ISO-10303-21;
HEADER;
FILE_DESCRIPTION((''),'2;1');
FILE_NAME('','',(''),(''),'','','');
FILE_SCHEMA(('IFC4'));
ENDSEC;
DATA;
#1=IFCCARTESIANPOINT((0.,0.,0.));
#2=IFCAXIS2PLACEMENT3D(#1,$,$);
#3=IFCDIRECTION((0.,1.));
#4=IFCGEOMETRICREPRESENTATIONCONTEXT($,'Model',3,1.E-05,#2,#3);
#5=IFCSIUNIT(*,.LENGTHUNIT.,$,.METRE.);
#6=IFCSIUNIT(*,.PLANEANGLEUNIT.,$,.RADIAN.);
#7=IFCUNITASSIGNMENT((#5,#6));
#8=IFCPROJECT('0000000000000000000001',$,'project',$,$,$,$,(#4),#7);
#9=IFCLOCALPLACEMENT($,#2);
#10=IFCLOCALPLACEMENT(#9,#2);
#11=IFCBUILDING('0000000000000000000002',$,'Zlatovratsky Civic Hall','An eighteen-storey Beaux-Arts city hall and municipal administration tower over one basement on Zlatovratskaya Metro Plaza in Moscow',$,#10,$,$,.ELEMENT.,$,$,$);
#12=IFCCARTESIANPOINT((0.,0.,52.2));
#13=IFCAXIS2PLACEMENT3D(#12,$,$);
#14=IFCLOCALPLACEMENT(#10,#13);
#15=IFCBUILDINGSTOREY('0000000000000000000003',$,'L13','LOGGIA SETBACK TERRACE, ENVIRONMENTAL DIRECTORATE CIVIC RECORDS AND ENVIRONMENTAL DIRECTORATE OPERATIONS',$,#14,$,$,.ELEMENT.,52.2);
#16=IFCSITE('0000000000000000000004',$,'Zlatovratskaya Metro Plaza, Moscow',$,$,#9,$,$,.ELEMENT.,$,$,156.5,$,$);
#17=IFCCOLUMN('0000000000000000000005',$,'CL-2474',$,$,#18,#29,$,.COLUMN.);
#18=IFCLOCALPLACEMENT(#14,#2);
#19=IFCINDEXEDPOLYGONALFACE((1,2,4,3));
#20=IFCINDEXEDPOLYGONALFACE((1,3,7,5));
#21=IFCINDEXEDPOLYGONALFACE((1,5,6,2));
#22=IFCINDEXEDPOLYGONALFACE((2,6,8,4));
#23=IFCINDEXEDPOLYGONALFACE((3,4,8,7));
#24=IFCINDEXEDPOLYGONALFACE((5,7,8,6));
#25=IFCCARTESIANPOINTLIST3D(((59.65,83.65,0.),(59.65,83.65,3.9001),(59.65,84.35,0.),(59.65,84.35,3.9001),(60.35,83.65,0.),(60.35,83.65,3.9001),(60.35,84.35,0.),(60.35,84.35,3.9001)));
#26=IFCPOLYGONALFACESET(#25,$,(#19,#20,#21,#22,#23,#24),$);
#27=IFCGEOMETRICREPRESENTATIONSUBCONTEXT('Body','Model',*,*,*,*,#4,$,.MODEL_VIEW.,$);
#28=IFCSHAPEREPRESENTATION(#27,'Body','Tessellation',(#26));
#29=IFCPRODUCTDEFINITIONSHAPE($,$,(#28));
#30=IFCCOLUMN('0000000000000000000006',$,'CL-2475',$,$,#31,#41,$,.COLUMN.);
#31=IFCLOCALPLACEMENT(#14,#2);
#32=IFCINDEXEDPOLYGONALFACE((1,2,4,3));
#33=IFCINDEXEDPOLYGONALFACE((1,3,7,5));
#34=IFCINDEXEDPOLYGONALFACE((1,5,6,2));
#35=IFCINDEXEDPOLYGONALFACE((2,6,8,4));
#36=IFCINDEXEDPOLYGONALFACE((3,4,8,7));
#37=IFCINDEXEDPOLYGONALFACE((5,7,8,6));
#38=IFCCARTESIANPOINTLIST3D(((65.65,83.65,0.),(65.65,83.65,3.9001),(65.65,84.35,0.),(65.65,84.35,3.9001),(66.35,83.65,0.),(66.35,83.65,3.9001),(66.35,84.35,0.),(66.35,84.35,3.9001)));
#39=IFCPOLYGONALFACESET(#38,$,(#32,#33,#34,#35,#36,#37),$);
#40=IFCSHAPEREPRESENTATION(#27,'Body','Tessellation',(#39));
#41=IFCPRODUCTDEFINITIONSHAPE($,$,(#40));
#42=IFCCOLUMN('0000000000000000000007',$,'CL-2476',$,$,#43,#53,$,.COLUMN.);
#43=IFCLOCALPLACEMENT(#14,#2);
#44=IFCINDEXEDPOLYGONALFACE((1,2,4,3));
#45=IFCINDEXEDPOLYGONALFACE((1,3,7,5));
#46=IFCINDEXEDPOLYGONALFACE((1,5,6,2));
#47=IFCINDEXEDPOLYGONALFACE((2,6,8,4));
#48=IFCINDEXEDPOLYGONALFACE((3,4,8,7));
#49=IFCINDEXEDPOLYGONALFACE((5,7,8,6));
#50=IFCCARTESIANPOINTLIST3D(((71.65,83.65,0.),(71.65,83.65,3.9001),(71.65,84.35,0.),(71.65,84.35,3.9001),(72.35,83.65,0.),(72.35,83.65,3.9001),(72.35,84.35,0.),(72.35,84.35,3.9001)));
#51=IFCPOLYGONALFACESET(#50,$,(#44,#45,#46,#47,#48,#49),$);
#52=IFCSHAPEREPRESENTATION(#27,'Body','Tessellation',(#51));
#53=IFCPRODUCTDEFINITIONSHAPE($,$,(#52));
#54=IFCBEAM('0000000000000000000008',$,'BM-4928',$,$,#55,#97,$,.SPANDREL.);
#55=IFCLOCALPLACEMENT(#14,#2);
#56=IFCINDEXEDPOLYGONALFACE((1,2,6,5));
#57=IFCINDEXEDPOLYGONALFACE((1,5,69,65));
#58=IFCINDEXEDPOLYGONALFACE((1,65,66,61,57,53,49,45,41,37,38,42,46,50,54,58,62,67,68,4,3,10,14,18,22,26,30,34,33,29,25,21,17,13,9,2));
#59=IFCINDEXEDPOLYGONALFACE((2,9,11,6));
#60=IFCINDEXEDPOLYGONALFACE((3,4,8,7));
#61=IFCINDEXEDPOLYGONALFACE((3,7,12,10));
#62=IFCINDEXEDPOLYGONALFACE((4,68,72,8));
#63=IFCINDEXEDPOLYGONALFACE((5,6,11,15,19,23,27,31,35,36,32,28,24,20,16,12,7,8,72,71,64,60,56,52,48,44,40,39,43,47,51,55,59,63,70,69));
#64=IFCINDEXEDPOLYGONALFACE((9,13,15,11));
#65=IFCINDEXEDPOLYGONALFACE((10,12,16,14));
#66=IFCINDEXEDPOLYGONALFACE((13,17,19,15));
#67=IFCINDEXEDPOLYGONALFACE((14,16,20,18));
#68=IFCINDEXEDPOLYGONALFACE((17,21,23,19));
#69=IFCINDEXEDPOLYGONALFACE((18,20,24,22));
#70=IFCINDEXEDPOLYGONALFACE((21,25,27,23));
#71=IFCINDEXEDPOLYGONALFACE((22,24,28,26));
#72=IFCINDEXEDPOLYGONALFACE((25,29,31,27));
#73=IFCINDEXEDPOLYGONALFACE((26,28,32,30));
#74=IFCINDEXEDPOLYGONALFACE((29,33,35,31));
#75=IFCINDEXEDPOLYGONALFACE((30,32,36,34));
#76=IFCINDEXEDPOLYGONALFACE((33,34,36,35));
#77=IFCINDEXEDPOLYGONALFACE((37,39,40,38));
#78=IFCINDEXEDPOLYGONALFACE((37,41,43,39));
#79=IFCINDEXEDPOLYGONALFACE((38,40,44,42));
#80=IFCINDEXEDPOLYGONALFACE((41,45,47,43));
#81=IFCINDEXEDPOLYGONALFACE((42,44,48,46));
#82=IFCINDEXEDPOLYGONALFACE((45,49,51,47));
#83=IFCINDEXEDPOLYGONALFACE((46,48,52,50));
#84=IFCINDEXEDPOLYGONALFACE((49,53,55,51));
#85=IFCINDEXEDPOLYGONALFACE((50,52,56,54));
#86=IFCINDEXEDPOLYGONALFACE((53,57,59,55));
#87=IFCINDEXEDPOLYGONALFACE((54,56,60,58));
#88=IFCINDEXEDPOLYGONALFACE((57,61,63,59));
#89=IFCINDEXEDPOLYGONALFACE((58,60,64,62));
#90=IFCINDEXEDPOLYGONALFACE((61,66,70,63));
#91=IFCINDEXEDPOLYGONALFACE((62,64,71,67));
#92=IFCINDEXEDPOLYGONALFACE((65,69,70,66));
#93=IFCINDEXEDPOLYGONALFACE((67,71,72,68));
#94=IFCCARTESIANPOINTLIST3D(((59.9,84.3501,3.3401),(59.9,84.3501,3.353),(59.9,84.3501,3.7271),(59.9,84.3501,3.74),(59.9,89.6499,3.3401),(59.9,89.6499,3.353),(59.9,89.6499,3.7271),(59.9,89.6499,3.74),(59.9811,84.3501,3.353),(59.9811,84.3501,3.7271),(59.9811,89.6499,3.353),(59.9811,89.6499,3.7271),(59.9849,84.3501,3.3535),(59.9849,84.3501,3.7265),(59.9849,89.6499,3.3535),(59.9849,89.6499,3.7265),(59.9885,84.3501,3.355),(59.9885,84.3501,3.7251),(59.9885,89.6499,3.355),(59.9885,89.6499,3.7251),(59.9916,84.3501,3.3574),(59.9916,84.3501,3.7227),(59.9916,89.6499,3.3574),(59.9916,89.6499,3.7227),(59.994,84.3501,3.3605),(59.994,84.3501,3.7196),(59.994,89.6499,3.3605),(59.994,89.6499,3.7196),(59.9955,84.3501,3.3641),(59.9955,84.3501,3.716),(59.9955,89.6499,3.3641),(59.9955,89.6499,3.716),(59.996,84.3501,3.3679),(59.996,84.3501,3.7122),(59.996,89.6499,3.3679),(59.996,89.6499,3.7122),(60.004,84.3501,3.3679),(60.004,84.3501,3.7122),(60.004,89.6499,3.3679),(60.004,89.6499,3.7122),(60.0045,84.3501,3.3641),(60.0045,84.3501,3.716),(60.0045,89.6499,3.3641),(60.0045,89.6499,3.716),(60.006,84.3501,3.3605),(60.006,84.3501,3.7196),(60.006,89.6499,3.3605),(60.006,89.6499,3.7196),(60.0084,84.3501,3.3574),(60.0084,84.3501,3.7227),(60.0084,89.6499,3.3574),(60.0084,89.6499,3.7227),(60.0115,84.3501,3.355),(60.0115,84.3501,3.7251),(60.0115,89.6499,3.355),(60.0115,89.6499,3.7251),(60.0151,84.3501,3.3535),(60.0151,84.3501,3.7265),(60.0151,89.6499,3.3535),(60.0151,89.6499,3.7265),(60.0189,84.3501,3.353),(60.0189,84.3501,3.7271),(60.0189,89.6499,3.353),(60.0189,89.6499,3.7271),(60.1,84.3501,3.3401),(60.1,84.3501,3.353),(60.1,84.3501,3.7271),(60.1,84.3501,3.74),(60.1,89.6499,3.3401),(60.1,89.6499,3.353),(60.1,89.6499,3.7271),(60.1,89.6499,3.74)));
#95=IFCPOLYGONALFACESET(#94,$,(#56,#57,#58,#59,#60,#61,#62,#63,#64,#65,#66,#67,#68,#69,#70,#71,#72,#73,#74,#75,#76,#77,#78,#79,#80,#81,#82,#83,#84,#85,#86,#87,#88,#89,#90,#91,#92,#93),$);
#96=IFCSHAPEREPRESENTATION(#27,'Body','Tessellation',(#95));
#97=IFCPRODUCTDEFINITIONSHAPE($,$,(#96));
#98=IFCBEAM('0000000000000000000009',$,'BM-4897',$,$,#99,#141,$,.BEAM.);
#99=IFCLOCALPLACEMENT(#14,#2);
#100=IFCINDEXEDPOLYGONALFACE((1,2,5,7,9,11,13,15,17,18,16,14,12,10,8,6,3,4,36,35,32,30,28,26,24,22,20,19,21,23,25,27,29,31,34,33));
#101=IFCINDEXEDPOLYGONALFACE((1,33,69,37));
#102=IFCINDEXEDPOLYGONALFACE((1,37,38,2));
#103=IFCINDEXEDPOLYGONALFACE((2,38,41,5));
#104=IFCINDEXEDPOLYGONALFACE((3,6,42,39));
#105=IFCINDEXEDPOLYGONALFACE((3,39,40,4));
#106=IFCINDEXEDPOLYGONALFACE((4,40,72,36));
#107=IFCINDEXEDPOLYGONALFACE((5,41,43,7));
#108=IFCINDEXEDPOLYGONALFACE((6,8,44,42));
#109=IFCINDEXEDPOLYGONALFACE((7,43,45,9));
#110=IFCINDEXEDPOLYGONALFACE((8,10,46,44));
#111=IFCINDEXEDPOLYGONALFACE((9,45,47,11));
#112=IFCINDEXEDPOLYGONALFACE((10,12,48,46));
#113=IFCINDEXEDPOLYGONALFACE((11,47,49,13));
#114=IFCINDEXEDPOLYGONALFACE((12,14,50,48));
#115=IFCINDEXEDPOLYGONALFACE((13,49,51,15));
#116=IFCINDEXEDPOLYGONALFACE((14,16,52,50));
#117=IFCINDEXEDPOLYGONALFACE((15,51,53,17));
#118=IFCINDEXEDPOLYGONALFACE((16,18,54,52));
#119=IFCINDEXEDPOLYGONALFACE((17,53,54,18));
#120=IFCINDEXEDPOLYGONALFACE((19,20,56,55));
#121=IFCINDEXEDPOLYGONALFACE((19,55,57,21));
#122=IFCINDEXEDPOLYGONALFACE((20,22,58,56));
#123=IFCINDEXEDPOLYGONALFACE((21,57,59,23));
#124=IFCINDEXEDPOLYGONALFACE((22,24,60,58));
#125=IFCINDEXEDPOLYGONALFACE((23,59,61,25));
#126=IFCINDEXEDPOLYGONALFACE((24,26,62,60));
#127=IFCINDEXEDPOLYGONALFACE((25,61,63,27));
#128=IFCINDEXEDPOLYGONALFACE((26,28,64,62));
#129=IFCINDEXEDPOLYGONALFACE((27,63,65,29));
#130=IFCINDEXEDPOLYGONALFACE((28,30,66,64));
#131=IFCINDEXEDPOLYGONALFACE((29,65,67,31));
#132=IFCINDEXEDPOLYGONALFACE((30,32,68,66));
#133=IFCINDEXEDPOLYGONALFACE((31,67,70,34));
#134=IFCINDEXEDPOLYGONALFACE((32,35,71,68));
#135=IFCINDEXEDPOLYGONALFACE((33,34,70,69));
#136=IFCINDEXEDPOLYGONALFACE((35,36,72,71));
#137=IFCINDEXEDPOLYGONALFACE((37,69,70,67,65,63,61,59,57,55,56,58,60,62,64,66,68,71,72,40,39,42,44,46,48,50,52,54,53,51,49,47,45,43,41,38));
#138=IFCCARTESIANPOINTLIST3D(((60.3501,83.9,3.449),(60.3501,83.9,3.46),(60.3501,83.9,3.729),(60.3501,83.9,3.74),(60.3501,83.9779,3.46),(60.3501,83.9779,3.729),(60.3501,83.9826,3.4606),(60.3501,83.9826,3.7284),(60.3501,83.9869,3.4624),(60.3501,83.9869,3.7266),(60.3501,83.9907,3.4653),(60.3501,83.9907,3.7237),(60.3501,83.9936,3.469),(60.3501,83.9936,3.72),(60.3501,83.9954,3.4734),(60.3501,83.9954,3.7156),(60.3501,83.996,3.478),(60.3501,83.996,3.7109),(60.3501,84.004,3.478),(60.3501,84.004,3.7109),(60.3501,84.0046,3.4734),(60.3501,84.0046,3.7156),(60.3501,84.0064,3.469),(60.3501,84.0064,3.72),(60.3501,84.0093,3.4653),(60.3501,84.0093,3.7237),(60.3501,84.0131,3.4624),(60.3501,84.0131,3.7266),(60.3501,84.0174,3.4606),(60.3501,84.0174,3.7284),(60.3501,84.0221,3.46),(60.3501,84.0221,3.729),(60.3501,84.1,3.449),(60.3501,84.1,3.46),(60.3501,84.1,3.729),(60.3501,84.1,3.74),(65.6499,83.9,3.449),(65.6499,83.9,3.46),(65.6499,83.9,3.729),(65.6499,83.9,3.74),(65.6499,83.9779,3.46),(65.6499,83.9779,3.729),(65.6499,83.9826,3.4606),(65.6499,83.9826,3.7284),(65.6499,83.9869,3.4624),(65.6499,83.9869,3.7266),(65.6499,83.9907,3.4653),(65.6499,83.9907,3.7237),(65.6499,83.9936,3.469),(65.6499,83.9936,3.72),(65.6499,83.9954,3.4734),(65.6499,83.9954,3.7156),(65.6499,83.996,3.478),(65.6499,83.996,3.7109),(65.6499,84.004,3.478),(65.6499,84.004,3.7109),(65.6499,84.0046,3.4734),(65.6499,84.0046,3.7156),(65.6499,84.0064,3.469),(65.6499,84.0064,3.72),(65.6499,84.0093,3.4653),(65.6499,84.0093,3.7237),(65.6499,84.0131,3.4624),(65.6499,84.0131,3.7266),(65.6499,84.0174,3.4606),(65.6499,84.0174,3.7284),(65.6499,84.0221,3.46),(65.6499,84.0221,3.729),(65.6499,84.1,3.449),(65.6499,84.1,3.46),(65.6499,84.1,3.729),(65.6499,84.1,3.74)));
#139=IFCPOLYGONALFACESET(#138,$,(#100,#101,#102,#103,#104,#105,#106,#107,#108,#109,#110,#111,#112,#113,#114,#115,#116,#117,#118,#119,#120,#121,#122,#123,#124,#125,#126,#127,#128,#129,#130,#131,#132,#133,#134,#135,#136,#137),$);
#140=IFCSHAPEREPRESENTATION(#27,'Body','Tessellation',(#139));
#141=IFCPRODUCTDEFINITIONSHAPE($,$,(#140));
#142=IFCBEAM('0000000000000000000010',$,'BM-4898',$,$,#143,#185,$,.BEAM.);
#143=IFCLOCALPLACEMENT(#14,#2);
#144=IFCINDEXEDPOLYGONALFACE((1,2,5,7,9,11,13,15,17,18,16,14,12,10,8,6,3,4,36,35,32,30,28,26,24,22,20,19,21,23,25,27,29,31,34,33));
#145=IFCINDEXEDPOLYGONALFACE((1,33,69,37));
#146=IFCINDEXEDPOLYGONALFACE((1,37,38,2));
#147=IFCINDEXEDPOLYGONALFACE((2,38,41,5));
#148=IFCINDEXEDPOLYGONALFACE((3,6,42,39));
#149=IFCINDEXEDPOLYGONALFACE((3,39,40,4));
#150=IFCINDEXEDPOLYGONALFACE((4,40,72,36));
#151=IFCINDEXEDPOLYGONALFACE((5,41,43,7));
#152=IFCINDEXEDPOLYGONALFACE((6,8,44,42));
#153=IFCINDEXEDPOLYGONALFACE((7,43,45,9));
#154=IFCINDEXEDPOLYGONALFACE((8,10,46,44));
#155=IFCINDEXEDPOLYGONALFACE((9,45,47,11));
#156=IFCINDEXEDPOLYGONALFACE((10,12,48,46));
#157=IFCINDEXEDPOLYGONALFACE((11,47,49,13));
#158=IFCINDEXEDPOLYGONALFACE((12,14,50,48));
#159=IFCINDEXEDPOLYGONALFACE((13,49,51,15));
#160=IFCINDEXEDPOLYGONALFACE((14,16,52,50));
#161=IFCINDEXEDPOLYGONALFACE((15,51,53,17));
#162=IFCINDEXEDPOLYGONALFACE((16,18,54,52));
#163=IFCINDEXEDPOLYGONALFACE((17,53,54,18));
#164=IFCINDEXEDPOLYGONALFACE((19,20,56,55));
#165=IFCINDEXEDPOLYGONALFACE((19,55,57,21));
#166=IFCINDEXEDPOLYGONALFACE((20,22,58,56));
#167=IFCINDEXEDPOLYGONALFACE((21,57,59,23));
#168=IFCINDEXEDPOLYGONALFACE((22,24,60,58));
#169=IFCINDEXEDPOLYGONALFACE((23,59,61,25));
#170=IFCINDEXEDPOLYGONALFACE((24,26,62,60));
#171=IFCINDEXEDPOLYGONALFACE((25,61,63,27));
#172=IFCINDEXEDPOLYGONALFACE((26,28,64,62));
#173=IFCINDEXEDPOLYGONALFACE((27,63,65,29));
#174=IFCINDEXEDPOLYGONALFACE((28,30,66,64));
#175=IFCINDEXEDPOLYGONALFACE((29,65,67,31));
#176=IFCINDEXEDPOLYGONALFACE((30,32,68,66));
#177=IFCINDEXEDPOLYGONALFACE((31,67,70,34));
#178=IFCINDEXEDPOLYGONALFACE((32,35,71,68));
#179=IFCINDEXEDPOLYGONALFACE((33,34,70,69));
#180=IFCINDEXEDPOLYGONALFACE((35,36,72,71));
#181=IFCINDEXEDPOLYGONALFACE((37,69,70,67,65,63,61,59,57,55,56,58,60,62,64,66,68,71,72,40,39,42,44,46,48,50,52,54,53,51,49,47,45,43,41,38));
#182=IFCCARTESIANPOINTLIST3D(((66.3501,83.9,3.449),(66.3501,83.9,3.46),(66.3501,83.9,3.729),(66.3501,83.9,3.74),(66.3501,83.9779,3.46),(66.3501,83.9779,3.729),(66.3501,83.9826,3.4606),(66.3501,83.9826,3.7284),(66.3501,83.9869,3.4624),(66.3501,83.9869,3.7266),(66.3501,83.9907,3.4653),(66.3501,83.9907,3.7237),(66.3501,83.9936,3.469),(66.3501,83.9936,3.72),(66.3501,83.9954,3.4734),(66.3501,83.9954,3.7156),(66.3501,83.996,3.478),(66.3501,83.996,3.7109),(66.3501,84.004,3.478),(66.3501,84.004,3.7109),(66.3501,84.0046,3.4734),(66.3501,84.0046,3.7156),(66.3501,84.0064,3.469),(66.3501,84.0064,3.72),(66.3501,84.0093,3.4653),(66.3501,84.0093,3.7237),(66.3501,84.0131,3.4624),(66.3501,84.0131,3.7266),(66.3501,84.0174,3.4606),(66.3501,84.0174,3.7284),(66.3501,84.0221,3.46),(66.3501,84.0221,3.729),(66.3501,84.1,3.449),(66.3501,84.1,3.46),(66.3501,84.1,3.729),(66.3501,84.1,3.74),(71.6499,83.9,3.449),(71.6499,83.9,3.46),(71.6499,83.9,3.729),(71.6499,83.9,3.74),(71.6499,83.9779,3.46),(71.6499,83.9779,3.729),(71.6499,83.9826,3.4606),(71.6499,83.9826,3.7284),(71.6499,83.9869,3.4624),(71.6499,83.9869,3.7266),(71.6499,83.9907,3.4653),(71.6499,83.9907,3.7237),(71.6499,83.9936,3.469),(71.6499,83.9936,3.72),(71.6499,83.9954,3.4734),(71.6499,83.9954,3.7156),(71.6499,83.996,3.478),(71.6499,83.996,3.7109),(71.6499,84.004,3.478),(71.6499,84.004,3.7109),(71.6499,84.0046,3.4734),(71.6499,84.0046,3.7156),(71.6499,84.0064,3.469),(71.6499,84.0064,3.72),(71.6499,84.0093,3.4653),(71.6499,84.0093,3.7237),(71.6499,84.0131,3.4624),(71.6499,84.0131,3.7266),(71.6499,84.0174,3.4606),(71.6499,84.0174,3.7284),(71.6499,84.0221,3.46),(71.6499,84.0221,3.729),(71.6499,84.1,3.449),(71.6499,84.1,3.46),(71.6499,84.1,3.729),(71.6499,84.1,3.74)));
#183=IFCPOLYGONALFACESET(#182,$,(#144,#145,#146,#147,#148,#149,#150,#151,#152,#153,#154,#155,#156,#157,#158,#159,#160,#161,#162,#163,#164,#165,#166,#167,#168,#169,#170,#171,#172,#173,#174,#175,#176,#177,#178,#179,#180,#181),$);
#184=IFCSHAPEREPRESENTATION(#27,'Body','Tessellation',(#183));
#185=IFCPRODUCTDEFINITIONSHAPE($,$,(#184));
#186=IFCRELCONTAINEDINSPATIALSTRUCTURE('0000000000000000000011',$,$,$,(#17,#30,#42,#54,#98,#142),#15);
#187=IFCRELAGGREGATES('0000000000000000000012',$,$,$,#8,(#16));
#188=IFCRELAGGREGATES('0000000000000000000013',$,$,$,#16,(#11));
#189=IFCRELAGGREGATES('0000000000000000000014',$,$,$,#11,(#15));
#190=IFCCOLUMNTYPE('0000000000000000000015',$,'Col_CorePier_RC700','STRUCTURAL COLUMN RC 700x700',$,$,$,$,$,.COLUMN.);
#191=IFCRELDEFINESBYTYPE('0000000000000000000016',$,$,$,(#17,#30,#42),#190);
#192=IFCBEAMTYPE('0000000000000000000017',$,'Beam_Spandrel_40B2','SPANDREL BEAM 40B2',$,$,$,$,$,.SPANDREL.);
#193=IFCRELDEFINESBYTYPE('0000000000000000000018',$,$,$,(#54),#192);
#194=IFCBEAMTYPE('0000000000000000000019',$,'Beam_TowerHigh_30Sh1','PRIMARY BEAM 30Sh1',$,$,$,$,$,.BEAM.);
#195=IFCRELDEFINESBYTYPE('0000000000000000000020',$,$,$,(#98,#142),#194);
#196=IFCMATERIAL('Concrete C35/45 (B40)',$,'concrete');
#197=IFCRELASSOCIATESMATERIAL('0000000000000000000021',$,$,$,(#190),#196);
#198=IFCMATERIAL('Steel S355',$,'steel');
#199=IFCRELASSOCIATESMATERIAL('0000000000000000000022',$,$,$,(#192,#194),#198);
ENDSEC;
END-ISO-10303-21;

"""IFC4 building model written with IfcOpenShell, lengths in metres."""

from ifc_helpers import new_model, si_unit, direction, frame, origin, origin_2d, place, context, subcontext, project, spatial, rectangle, i_section, extrude, material, material_profile, profile_set, type_object, element, save


model = new_model("IFC4")

# Units and contexts
model_context = context("Model", 3, precision=1e-05, world=origin(), true_north=direction((0.0, 1.0)))
body_context = subcontext(model_context, "Body", "Model", "MODEL_VIEW")
ifc_project = project(units=[si_unit("LENGTHUNIT", "METRE"), si_unit("PLANEANGLEUNIT", "RADIAN")], contexts=[model_context])

# Site, building, storey
site_placement = place(None, origin())
site = spatial("IfcSite", under=ifc_project, at=site_placement, Name="Zlatovratskaya Metro Plaza, Moscow", CompositionType="ELEMENT", RefElevation=156.5)
building_placement = place(site_placement, origin())
building = spatial("IfcBuilding", under=site, at=building_placement, Name="Zlatovratsky Civic Hall", Description="An eighteen-storey Beaux-Arts city hall and municipal administration tower over one basement on Zlatovratskaya Metro Plaza in Moscow", CompositionType="ELEMENT")
storey_placement = place(building_placement, frame((0.0, 0.0, 52.2)))
storey = spatial("IfcBuildingStorey", under=building, at=storey_placement, Name="L13", Description="LOGGIA SETBACK TERRACE, ENVIRONMENTAL DIRECTORATE CIVIC RECORDS AND ENVIRONMENTAL DIRECTORATE OPERATIONS", CompositionType="ELEMENT", Elevation=52.2)

# Columns
ifc_material_1 = material(Name="Concrete C35/45 (B40)", Category="concrete")
ifc_material_profile_1 = material_profile(ifc_material_1, rectangle(XDim=0.7, YDim=0.7, at=origin_2d()), Name="RC 700x700")
ifc_profile_set_1 = profile_set([ifc_material_profile_1], Name="Concrete C35/45 (B40)")
column_type = type_object("IfcColumnType", Name="Col_CorePier_RC700", Description="STRUCTURAL COLUMN RC 700x700", PredefinedType="COLUMN", material=ifc_profile_set_1)
for number, where, z_axis, x_axis, name in (
    (1, (60.0, 84.0, 0.0), (0.0, 0.0, 1.0), (1.0, 0.0, 0.0), "CL-2474"),
    (2, (66.0, 84.0, 0.0), (0.0, 0.0, 1.0), (1.0, 0.0, 0.0), "CL-2475"),
    (3, (72.0, 84.0, 0.0), (0.0, 0.0, 1.0), (1.0, 0.0, 0.0), "CL-2476"),
):
    element("IfcColumn", number, at=place(storey_placement, frame(where, z_axis=z_axis, x_axis=x_axis)), inside=storey, type_object=column_type, Name=name, PredefinedType="COLUMN", context=body_context, shape_type="SweptSolid", body=[
        extrude(rectangle(XDim=0.7, YDim=0.7, at=origin_2d()), origin(), (0.0, 0.0, 1.0), 3.9001),
    ])

# Beams
ifc_material_2 = material(Name="Steel S355", Category="steel")
ifc_material_profile_2 = material_profile(ifc_material_2, i_section(OverallWidth=0.2, OverallDepth=0.3999, WebThickness=0.0081, FlangeThickness=0.0129, FilletRadius=0.0149, at=origin_2d()), Name="40B2")
ifc_profile_set_2 = profile_set([ifc_material_profile_2], Name="Steel S355")
beam_type_1 = type_object("IfcBeamType", Name="Beam_Spandrel_40B2", Description="SPANDREL BEAM 40B2", PredefinedType="SPANDREL", material=ifc_profile_set_2)
beam_placement = place(storey_placement, frame((60.0, 84.3501, 3.54), z_axis=(0.0, 1.0, 0.0), x_axis=(-1.0, 0.0, 0.0)))
element("IfcBeam", 4, at=beam_placement, inside=storey, type_object=beam_type_1, Name="BM-4928", PredefinedType="SPANDREL", context=body_context, shape_type="SweptSolid", body=[
    extrude(i_section(OverallWidth=0.2, OverallDepth=0.3999, WebThickness=0.0081, FlangeThickness=0.0129, FilletRadius=0.0149, at=origin_2d()), origin(), (0.0, 0.0, 1.0), 5.2998),
])
ifc_material_profile_3 = material_profile(ifc_material_2, i_section(OverallWidth=0.2, OverallDepth=0.291, WebThickness=0.0081, FlangeThickness=0.011, FilletRadius=0.0181, at=origin_2d()), Name="30Sh1")
ifc_profile_set_3 = profile_set([ifc_material_profile_3], Name="Steel S355")
beam_type_2 = type_object("IfcBeamType", Name="Beam_TowerHigh_30Sh1", Description="PRIMARY BEAM 30Sh1", PredefinedType="BEAM", material=ifc_profile_set_3)
for number, where, z_axis, x_axis, name in (
    (5, (60.3501, 84.0, 3.5945), (1.0, 0.0, 0.0), (0.0, 1.0, 0.0), "BM-4897"),
    (6, (66.3501, 84.0, 3.5945), (1.0, 0.0, 0.0), (0.0, 1.0, 0.0), "BM-4898"),
):
    element("IfcBeam", number, at=place(storey_placement, frame(where, z_axis=z_axis, x_axis=x_axis)), inside=storey, type_object=beam_type_2, Name=name, PredefinedType="BEAM", context=body_context, shape_type="SweptSolid", body=[
        extrude(i_section(OverallWidth=0.2, OverallDepth=0.291, WebThickness=0.0081, FlangeThickness=0.011, FilletRadius=0.0181, at=origin_2d()), origin(), (0.0, 0.0, 1.0), 5.2998),
    ])

save(model, "model.ifc")
